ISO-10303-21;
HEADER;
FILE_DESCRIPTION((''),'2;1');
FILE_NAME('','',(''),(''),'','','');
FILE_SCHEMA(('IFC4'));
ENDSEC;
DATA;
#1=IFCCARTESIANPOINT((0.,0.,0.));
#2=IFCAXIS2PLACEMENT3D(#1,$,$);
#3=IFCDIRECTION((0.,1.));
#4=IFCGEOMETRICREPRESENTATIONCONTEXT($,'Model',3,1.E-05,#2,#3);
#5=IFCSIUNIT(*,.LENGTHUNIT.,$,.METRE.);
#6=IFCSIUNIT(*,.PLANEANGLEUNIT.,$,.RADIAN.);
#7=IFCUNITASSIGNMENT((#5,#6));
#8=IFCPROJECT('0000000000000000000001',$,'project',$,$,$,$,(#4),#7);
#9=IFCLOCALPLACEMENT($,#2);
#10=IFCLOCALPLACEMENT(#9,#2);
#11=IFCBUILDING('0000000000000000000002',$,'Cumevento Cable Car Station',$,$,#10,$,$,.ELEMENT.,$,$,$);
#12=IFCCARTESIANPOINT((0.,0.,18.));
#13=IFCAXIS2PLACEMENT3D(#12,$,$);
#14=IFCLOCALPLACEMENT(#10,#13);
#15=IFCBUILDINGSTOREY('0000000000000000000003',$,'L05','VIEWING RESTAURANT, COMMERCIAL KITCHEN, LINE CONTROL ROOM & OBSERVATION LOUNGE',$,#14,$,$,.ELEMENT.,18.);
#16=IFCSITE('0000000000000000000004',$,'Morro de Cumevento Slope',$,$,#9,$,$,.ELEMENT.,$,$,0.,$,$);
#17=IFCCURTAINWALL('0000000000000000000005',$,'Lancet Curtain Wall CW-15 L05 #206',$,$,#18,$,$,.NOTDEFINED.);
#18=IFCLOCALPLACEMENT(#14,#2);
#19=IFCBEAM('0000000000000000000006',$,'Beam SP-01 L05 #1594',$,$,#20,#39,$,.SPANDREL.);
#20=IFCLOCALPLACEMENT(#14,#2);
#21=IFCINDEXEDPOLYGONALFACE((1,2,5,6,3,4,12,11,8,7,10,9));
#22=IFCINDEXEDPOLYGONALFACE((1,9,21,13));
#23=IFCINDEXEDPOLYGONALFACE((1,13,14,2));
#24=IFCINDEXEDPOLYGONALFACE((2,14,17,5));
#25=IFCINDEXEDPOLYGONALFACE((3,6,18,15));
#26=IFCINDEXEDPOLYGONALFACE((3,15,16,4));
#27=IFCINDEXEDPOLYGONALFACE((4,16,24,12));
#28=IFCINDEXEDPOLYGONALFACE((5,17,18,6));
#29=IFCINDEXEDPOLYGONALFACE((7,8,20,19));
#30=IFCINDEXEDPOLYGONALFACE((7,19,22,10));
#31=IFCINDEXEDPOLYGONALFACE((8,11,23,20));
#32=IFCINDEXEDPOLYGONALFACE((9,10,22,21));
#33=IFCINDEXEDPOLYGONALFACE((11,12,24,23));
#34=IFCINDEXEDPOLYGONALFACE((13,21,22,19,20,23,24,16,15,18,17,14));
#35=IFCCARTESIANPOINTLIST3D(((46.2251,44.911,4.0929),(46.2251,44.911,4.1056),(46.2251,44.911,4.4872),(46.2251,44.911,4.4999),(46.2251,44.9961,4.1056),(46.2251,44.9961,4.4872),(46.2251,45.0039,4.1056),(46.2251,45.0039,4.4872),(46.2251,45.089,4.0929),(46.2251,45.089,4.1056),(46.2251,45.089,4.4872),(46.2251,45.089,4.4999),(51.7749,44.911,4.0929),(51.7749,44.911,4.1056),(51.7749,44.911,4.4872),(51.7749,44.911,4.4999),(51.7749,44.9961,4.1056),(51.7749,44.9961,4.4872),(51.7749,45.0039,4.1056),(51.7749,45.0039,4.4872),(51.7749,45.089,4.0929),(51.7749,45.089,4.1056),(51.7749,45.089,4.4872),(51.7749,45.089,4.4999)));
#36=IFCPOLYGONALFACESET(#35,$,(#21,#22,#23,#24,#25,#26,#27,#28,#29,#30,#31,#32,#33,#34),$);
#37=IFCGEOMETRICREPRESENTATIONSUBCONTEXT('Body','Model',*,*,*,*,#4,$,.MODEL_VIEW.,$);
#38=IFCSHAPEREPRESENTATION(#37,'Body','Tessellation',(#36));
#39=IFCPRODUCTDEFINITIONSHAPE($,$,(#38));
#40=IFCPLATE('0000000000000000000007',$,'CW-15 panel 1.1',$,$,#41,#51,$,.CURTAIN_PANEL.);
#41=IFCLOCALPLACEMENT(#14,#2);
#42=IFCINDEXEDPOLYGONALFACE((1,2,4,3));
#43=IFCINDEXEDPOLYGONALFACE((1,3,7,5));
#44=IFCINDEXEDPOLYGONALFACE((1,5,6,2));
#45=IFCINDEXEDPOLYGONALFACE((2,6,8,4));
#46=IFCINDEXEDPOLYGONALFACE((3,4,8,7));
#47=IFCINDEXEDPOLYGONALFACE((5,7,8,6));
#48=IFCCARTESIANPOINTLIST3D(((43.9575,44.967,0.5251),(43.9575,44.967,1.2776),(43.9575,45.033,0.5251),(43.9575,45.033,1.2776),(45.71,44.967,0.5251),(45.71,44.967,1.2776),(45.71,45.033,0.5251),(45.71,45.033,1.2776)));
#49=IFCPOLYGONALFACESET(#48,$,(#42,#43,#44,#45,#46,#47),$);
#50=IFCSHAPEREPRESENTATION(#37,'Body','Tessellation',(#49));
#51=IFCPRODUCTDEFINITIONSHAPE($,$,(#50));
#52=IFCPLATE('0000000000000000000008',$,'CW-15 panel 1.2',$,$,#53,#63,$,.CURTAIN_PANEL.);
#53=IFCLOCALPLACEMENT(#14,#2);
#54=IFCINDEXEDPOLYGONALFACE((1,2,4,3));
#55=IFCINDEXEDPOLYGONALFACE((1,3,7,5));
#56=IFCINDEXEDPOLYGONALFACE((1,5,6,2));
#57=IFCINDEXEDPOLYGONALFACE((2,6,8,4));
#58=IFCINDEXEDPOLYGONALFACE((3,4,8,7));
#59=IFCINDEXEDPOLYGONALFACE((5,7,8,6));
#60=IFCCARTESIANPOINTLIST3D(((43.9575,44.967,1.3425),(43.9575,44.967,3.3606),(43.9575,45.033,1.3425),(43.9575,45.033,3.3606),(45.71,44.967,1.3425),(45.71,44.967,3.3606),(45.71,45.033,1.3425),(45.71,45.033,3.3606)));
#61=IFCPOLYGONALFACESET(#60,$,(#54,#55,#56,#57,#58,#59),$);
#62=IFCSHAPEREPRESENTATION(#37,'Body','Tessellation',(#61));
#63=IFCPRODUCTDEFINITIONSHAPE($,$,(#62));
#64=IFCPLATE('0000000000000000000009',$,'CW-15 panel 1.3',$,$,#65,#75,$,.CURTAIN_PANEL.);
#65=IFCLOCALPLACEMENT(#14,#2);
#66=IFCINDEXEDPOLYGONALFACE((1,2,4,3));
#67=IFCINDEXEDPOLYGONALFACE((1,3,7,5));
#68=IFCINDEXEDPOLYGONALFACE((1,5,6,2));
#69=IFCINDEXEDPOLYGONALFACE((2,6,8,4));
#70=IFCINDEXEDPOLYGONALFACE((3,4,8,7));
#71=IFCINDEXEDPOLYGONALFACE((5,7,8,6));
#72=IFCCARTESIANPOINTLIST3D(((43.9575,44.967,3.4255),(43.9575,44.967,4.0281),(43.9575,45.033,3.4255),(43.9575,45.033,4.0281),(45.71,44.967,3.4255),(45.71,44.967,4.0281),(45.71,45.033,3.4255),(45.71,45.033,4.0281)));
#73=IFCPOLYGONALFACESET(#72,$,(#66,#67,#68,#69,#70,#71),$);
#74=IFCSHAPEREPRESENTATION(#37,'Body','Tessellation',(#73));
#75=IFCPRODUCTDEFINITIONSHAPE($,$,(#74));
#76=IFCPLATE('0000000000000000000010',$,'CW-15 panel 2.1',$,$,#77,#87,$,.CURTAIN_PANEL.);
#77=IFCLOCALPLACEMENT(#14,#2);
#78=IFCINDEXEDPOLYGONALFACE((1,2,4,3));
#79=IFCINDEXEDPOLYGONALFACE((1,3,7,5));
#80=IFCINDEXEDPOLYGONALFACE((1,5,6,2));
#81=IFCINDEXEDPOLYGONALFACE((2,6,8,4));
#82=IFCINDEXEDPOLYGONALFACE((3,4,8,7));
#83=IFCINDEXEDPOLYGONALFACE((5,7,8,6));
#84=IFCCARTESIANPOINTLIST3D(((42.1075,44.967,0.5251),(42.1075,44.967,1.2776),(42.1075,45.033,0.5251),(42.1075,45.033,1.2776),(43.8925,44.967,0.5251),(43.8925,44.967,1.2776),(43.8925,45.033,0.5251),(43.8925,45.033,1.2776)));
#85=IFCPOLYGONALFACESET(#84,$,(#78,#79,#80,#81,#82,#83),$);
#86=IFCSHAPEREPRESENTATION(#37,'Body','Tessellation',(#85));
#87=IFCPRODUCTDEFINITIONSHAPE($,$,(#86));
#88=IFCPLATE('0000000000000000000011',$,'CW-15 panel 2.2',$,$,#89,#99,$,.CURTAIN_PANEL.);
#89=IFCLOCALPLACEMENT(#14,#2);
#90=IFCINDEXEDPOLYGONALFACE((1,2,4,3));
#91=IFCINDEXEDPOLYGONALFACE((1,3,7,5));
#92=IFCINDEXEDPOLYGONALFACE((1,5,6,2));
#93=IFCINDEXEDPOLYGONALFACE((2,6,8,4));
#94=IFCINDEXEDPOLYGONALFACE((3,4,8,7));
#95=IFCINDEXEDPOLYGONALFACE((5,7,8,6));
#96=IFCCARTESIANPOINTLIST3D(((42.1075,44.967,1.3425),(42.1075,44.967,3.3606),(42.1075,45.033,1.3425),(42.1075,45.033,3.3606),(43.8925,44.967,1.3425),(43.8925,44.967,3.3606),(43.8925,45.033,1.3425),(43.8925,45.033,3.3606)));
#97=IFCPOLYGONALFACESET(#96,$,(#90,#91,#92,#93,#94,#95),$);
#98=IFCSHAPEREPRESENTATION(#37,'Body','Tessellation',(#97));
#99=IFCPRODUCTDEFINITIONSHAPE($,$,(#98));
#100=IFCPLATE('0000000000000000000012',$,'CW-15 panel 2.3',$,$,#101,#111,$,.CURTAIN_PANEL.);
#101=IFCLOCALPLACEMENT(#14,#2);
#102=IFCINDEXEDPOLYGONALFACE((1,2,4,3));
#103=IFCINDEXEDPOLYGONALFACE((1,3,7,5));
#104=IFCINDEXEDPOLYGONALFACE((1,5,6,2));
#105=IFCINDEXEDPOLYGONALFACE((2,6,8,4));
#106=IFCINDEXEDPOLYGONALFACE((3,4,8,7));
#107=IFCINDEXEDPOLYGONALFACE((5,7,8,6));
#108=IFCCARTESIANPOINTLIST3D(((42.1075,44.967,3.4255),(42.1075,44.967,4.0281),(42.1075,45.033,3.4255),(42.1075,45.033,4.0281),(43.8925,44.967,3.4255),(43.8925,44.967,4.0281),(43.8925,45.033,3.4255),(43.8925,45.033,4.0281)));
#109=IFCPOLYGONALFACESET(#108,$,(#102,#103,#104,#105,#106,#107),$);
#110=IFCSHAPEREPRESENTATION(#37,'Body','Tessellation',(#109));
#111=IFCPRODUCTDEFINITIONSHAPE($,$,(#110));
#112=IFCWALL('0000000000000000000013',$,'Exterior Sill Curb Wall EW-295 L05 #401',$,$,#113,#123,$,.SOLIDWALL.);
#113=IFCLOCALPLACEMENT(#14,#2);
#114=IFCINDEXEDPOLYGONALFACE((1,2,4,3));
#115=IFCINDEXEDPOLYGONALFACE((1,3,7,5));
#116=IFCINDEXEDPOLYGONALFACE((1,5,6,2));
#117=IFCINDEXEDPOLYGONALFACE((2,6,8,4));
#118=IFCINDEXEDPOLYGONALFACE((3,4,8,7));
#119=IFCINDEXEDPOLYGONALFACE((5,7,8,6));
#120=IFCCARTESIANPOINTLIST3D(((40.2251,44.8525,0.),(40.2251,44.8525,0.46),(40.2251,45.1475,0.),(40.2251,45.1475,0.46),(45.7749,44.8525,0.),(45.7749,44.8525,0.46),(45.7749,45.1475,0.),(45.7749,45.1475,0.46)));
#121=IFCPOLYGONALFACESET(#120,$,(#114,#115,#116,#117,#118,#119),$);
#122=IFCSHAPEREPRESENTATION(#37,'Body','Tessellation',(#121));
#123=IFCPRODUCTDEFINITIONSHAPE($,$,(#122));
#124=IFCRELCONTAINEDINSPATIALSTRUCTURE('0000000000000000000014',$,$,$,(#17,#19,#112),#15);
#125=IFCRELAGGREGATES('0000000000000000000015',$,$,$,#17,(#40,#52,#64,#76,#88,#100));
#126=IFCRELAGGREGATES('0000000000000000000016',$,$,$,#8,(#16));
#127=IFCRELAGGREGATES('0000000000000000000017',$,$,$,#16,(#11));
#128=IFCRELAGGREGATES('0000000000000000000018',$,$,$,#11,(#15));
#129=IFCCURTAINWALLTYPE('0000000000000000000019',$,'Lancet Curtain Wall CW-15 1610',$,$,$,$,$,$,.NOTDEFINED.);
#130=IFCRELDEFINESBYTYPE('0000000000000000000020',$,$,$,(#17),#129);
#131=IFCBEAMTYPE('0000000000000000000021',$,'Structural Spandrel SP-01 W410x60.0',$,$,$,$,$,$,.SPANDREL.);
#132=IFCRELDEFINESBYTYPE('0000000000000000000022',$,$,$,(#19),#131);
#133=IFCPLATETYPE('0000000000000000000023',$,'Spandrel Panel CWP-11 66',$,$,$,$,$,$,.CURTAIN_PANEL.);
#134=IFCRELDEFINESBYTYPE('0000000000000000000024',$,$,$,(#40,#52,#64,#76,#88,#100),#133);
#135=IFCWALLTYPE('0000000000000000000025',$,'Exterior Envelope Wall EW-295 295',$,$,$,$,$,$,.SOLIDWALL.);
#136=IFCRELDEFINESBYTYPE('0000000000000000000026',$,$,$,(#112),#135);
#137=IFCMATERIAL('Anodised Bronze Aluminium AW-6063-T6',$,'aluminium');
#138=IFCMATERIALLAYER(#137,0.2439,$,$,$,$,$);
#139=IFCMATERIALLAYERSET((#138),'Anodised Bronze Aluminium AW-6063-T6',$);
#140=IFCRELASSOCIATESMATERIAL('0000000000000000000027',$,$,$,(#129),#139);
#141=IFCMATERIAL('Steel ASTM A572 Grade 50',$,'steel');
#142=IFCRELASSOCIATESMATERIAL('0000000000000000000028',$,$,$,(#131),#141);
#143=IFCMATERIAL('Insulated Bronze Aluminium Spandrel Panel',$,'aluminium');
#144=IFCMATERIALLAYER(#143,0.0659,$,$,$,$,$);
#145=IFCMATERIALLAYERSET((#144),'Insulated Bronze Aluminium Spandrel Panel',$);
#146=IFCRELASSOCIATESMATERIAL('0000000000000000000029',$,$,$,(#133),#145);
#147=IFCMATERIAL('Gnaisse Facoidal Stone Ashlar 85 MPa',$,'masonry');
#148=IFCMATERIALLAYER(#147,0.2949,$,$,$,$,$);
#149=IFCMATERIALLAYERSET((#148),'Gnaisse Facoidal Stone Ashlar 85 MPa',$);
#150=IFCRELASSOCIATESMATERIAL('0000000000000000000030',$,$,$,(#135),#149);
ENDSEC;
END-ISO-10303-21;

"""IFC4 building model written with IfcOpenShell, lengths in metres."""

from ifc_helpers import new_model, si_unit, direction, frame, frame_2d, origin, origin_2d, place, context, subcontext, project, spatial, rectangle, i_section, extrude, material, layer, layer_set, material_profile, profile_set, type_object, element, aggregate, save


model = new_model("IFC4")

# Units and contexts
model_context = context("Model", 3, precision=1e-05, world=origin(), true_north=direction((0.0, 1.0)))
body_context = subcontext(model_context, "Body", "Model", "MODEL_VIEW")
ifc_project = project(units=[si_unit("LENGTHUNIT", "METRE"), si_unit("PLANEANGLEUNIT", "RADIAN")], contexts=[model_context])

# Site, building, storey
site_placement = place(None, origin())
site = spatial("IfcSite", under=ifc_project, at=site_placement, Name="Morro de Cumevento Slope", CompositionType="ELEMENT", RefElevation=0.0)
building_placement = place(site_placement, origin())
building = spatial("IfcBuilding", under=site, at=building_placement, Name="Cumevento Cable Car Station", CompositionType="ELEMENT")
storey_placement = place(building_placement, frame((0.0, 0.0, 18.0)))
storey = spatial("IfcBuildingStorey", under=building, at=storey_placement, Name="L05", Description="VIEWING RESTAURANT, COMMERCIAL KITCHEN, LINE CONTROL ROOM & OBSERVATION LOUNGE", CompositionType="ELEMENT", Elevation=18.0)

# Curtain wall
ifc_material_1 = material(Name="Anodised Bronze Aluminium AW-6063-T6", Category="aluminium")
ifc_layer_1 = layer(ifc_material_1, 0.2439)
ifc_layer_set_1 = layer_set([ifc_layer_1], Name="Anodised Bronze Aluminium AW-6063-T6")
curtain_wall_type = type_object("IfcCurtainWallType", Name="Lancet Curtain Wall CW-15 1610", PredefinedType="NOTDEFINED", material=ifc_layer_set_1)
curtain_wall_placement = place(storey_placement, origin())
curtain_wall = element("IfcCurtainWall", 1, at=curtain_wall_placement, inside=storey, type_object=curtain_wall_type, Name="Lancet Curtain Wall CW-15 L05 #206", PredefinedType="NOTDEFINED")

# Beam
ifc_material_2 = material(Name="Steel ASTM A572 Grade 50", Category="steel")
ifc_material_profile_1 = material_profile(ifc_material_2, i_section(OverallWidth=0.178, OverallDepth=0.407, WebThickness=0.0078, FlangeThickness=0.0127, at=origin_2d()), Name="W410x60.0")
ifc_profile_set_1 = profile_set([ifc_material_profile_1], Name="Steel ASTM A572 Grade 50")
beam_type = type_object("IfcBeamType", Name="Structural Spandrel SP-01 W410x60.0", PredefinedType="SPANDREL", material=ifc_profile_set_1)
beam_placement = place(storey_placement, frame((46.2251, 45.0, 4.2964), z_axis=(1.0, 0.0, 0.0), x_axis=(0.0, 1.0, 0.0)))
element("IfcBeam", 2, at=beam_placement, inside=storey, type_object=beam_type, Name="Beam SP-01 L05 #1594", PredefinedType="SPANDREL", context=body_context, shape_type="SweptSolid", body=[
    extrude(i_section(OverallWidth=0.178, OverallDepth=0.407, WebThickness=0.0078, FlangeThickness=0.0127, at=origin_2d()), origin(), (0.0, 0.0, 1.0), 5.5498),
])

# Plates
ifc_material_3 = material(Name="Insulated Bronze Aluminium Spandrel Panel", Category="aluminium")
ifc_layer_2 = layer(ifc_material_3, 0.0659)
ifc_layer_set_2 = layer_set([ifc_layer_2], Name="Insulated Bronze Aluminium Spandrel Panel")
plate_type = type_object("IfcPlateType", Name="Spandrel Panel CWP-11 66", PredefinedType="CURTAIN_PANEL", material=ifc_layer_set_2)
plate_1_placement = place(storey_placement, frame((44.8337, 45.0, 0.5251), z_axis=(0.0, 0.0, 1.0), x_axis=(-1.0, 0.0, 0.0)))
plate_1 = element("IfcPlate", 3, at=plate_1_placement, type_object=plate_type, Name="CW-15 panel 1.1", PredefinedType="CURTAIN_PANEL", context=body_context, shape_type="SweptSolid", body=[
    extrude(rectangle(XDim=1.7524, YDim=0.0659, at=origin_2d()), origin(), (0.0, 0.0, 1.0), 0.7524),
])
plate_2_placement = place(storey_placement, frame((44.8337, 45.0, 1.3425), z_axis=(0.0, 0.0, 1.0), x_axis=(-1.0, 0.0, 0.0)))
plate_2 = element("IfcPlate", 4, at=plate_2_placement, type_object=plate_type, Name="CW-15 panel 1.2", PredefinedType="CURTAIN_PANEL", context=body_context, shape_type="SweptSolid", body=[
    extrude(rectangle(XDim=1.7524, YDim=0.0659, at=origin_2d()), origin(), (0.0, 0.0, 1.0), 2.0181),
])
plate_3_placement = place(storey_placement, frame((44.8337, 45.0, 3.4255), z_axis=(0.0, 0.0, 1.0), x_axis=(-1.0, 0.0, 0.0)))
plate_3 = element("IfcPlate", 5, at=plate_3_placement, type_object=plate_type, Name="CW-15 panel 1.3", PredefinedType="CURTAIN_PANEL", context=body_context, shape_type="SweptSolid", body=[
    extrude(rectangle(XDim=1.7524, YDim=0.0659, at=origin_2d()), origin(), (0.0, 0.0, 1.0), 0.6025),
])
plate_4_placement = place(storey_placement, frame((43.0, 45.0, 0.5251), z_axis=(0.0, 0.0, 1.0), x_axis=(-1.0, 0.0, 0.0)))
plate_4 = element("IfcPlate", 6, at=plate_4_placement, type_object=plate_type, Name="CW-15 panel 2.1", PredefinedType="CURTAIN_PANEL", context=body_context, shape_type="SweptSolid", body=[
    extrude(rectangle(XDim=1.7849, YDim=0.0659, at=origin_2d()), origin(), (0.0, 0.0, 1.0), 0.7524),
])
plate_5_placement = place(storey_placement, frame((43.0, 45.0, 1.3425), z_axis=(0.0, 0.0, 1.0), x_axis=(-1.0, 0.0, 0.0)))
plate_5 = element("IfcPlate", 7, at=plate_5_placement, type_object=plate_type, Name="CW-15 panel 2.2", PredefinedType="CURTAIN_PANEL", context=body_context, shape_type="SweptSolid", body=[
    extrude(rectangle(XDim=1.7849, YDim=0.0659, at=origin_2d()), origin(), (0.0, 0.0, 1.0), 2.0181),
])
plate_6_placement = place(storey_placement, frame((43.0, 45.0, 3.4255), z_axis=(0.0, 0.0, 1.0), x_axis=(-1.0, 0.0, 0.0)))
plate_6 = element("IfcPlate", 8, at=plate_6_placement, type_object=plate_type, Name="CW-15 panel 2.3", PredefinedType="CURTAIN_PANEL", context=body_context, shape_type="SweptSolid", body=[
    extrude(rectangle(XDim=1.7849, YDim=0.0659, at=origin_2d()), origin(), (0.0, 0.0, 1.0), 0.6025),
])
aggregate(curtain_wall, [plate_1, plate_2, plate_3, plate_4, plate_5, plate_6])

# Wall
ifc_material_4 = material(Name="Gnaisse Facoidal Stone Ashlar 85 MPa", Category="masonry")
ifc_layer_3 = layer(ifc_material_4, 0.2949)
ifc_layer_set_3 = layer_set([ifc_layer_3], Name="Gnaisse Facoidal Stone Ashlar 85 MPa")
wall_type = type_object("IfcWallType", Name="Exterior Envelope Wall EW-295 295", PredefinedType="SOLIDWALL", material=ifc_layer_set_3)
wall_placement = place(storey_placement, frame((45.7749, 45.0, 0.0), z_axis=(0.0, 0.0, 1.0), x_axis=(-1.0, 0.0, 0.0)))
element("IfcWall", 9, at=wall_placement, inside=storey, type_object=wall_type, Name="Exterior Sill Curb Wall EW-295 L05 #401", PredefinedType="SOLIDWALL", context=body_context, shape_type="SweptSolid", body=[
    extrude(rectangle(XDim=5.5498, YDim=0.2949, at=frame_2d((2.7749, 0.0))), origin(), (0.0, 0.0, 1.0), 0.46),
])

save(model, "model.ifc")
